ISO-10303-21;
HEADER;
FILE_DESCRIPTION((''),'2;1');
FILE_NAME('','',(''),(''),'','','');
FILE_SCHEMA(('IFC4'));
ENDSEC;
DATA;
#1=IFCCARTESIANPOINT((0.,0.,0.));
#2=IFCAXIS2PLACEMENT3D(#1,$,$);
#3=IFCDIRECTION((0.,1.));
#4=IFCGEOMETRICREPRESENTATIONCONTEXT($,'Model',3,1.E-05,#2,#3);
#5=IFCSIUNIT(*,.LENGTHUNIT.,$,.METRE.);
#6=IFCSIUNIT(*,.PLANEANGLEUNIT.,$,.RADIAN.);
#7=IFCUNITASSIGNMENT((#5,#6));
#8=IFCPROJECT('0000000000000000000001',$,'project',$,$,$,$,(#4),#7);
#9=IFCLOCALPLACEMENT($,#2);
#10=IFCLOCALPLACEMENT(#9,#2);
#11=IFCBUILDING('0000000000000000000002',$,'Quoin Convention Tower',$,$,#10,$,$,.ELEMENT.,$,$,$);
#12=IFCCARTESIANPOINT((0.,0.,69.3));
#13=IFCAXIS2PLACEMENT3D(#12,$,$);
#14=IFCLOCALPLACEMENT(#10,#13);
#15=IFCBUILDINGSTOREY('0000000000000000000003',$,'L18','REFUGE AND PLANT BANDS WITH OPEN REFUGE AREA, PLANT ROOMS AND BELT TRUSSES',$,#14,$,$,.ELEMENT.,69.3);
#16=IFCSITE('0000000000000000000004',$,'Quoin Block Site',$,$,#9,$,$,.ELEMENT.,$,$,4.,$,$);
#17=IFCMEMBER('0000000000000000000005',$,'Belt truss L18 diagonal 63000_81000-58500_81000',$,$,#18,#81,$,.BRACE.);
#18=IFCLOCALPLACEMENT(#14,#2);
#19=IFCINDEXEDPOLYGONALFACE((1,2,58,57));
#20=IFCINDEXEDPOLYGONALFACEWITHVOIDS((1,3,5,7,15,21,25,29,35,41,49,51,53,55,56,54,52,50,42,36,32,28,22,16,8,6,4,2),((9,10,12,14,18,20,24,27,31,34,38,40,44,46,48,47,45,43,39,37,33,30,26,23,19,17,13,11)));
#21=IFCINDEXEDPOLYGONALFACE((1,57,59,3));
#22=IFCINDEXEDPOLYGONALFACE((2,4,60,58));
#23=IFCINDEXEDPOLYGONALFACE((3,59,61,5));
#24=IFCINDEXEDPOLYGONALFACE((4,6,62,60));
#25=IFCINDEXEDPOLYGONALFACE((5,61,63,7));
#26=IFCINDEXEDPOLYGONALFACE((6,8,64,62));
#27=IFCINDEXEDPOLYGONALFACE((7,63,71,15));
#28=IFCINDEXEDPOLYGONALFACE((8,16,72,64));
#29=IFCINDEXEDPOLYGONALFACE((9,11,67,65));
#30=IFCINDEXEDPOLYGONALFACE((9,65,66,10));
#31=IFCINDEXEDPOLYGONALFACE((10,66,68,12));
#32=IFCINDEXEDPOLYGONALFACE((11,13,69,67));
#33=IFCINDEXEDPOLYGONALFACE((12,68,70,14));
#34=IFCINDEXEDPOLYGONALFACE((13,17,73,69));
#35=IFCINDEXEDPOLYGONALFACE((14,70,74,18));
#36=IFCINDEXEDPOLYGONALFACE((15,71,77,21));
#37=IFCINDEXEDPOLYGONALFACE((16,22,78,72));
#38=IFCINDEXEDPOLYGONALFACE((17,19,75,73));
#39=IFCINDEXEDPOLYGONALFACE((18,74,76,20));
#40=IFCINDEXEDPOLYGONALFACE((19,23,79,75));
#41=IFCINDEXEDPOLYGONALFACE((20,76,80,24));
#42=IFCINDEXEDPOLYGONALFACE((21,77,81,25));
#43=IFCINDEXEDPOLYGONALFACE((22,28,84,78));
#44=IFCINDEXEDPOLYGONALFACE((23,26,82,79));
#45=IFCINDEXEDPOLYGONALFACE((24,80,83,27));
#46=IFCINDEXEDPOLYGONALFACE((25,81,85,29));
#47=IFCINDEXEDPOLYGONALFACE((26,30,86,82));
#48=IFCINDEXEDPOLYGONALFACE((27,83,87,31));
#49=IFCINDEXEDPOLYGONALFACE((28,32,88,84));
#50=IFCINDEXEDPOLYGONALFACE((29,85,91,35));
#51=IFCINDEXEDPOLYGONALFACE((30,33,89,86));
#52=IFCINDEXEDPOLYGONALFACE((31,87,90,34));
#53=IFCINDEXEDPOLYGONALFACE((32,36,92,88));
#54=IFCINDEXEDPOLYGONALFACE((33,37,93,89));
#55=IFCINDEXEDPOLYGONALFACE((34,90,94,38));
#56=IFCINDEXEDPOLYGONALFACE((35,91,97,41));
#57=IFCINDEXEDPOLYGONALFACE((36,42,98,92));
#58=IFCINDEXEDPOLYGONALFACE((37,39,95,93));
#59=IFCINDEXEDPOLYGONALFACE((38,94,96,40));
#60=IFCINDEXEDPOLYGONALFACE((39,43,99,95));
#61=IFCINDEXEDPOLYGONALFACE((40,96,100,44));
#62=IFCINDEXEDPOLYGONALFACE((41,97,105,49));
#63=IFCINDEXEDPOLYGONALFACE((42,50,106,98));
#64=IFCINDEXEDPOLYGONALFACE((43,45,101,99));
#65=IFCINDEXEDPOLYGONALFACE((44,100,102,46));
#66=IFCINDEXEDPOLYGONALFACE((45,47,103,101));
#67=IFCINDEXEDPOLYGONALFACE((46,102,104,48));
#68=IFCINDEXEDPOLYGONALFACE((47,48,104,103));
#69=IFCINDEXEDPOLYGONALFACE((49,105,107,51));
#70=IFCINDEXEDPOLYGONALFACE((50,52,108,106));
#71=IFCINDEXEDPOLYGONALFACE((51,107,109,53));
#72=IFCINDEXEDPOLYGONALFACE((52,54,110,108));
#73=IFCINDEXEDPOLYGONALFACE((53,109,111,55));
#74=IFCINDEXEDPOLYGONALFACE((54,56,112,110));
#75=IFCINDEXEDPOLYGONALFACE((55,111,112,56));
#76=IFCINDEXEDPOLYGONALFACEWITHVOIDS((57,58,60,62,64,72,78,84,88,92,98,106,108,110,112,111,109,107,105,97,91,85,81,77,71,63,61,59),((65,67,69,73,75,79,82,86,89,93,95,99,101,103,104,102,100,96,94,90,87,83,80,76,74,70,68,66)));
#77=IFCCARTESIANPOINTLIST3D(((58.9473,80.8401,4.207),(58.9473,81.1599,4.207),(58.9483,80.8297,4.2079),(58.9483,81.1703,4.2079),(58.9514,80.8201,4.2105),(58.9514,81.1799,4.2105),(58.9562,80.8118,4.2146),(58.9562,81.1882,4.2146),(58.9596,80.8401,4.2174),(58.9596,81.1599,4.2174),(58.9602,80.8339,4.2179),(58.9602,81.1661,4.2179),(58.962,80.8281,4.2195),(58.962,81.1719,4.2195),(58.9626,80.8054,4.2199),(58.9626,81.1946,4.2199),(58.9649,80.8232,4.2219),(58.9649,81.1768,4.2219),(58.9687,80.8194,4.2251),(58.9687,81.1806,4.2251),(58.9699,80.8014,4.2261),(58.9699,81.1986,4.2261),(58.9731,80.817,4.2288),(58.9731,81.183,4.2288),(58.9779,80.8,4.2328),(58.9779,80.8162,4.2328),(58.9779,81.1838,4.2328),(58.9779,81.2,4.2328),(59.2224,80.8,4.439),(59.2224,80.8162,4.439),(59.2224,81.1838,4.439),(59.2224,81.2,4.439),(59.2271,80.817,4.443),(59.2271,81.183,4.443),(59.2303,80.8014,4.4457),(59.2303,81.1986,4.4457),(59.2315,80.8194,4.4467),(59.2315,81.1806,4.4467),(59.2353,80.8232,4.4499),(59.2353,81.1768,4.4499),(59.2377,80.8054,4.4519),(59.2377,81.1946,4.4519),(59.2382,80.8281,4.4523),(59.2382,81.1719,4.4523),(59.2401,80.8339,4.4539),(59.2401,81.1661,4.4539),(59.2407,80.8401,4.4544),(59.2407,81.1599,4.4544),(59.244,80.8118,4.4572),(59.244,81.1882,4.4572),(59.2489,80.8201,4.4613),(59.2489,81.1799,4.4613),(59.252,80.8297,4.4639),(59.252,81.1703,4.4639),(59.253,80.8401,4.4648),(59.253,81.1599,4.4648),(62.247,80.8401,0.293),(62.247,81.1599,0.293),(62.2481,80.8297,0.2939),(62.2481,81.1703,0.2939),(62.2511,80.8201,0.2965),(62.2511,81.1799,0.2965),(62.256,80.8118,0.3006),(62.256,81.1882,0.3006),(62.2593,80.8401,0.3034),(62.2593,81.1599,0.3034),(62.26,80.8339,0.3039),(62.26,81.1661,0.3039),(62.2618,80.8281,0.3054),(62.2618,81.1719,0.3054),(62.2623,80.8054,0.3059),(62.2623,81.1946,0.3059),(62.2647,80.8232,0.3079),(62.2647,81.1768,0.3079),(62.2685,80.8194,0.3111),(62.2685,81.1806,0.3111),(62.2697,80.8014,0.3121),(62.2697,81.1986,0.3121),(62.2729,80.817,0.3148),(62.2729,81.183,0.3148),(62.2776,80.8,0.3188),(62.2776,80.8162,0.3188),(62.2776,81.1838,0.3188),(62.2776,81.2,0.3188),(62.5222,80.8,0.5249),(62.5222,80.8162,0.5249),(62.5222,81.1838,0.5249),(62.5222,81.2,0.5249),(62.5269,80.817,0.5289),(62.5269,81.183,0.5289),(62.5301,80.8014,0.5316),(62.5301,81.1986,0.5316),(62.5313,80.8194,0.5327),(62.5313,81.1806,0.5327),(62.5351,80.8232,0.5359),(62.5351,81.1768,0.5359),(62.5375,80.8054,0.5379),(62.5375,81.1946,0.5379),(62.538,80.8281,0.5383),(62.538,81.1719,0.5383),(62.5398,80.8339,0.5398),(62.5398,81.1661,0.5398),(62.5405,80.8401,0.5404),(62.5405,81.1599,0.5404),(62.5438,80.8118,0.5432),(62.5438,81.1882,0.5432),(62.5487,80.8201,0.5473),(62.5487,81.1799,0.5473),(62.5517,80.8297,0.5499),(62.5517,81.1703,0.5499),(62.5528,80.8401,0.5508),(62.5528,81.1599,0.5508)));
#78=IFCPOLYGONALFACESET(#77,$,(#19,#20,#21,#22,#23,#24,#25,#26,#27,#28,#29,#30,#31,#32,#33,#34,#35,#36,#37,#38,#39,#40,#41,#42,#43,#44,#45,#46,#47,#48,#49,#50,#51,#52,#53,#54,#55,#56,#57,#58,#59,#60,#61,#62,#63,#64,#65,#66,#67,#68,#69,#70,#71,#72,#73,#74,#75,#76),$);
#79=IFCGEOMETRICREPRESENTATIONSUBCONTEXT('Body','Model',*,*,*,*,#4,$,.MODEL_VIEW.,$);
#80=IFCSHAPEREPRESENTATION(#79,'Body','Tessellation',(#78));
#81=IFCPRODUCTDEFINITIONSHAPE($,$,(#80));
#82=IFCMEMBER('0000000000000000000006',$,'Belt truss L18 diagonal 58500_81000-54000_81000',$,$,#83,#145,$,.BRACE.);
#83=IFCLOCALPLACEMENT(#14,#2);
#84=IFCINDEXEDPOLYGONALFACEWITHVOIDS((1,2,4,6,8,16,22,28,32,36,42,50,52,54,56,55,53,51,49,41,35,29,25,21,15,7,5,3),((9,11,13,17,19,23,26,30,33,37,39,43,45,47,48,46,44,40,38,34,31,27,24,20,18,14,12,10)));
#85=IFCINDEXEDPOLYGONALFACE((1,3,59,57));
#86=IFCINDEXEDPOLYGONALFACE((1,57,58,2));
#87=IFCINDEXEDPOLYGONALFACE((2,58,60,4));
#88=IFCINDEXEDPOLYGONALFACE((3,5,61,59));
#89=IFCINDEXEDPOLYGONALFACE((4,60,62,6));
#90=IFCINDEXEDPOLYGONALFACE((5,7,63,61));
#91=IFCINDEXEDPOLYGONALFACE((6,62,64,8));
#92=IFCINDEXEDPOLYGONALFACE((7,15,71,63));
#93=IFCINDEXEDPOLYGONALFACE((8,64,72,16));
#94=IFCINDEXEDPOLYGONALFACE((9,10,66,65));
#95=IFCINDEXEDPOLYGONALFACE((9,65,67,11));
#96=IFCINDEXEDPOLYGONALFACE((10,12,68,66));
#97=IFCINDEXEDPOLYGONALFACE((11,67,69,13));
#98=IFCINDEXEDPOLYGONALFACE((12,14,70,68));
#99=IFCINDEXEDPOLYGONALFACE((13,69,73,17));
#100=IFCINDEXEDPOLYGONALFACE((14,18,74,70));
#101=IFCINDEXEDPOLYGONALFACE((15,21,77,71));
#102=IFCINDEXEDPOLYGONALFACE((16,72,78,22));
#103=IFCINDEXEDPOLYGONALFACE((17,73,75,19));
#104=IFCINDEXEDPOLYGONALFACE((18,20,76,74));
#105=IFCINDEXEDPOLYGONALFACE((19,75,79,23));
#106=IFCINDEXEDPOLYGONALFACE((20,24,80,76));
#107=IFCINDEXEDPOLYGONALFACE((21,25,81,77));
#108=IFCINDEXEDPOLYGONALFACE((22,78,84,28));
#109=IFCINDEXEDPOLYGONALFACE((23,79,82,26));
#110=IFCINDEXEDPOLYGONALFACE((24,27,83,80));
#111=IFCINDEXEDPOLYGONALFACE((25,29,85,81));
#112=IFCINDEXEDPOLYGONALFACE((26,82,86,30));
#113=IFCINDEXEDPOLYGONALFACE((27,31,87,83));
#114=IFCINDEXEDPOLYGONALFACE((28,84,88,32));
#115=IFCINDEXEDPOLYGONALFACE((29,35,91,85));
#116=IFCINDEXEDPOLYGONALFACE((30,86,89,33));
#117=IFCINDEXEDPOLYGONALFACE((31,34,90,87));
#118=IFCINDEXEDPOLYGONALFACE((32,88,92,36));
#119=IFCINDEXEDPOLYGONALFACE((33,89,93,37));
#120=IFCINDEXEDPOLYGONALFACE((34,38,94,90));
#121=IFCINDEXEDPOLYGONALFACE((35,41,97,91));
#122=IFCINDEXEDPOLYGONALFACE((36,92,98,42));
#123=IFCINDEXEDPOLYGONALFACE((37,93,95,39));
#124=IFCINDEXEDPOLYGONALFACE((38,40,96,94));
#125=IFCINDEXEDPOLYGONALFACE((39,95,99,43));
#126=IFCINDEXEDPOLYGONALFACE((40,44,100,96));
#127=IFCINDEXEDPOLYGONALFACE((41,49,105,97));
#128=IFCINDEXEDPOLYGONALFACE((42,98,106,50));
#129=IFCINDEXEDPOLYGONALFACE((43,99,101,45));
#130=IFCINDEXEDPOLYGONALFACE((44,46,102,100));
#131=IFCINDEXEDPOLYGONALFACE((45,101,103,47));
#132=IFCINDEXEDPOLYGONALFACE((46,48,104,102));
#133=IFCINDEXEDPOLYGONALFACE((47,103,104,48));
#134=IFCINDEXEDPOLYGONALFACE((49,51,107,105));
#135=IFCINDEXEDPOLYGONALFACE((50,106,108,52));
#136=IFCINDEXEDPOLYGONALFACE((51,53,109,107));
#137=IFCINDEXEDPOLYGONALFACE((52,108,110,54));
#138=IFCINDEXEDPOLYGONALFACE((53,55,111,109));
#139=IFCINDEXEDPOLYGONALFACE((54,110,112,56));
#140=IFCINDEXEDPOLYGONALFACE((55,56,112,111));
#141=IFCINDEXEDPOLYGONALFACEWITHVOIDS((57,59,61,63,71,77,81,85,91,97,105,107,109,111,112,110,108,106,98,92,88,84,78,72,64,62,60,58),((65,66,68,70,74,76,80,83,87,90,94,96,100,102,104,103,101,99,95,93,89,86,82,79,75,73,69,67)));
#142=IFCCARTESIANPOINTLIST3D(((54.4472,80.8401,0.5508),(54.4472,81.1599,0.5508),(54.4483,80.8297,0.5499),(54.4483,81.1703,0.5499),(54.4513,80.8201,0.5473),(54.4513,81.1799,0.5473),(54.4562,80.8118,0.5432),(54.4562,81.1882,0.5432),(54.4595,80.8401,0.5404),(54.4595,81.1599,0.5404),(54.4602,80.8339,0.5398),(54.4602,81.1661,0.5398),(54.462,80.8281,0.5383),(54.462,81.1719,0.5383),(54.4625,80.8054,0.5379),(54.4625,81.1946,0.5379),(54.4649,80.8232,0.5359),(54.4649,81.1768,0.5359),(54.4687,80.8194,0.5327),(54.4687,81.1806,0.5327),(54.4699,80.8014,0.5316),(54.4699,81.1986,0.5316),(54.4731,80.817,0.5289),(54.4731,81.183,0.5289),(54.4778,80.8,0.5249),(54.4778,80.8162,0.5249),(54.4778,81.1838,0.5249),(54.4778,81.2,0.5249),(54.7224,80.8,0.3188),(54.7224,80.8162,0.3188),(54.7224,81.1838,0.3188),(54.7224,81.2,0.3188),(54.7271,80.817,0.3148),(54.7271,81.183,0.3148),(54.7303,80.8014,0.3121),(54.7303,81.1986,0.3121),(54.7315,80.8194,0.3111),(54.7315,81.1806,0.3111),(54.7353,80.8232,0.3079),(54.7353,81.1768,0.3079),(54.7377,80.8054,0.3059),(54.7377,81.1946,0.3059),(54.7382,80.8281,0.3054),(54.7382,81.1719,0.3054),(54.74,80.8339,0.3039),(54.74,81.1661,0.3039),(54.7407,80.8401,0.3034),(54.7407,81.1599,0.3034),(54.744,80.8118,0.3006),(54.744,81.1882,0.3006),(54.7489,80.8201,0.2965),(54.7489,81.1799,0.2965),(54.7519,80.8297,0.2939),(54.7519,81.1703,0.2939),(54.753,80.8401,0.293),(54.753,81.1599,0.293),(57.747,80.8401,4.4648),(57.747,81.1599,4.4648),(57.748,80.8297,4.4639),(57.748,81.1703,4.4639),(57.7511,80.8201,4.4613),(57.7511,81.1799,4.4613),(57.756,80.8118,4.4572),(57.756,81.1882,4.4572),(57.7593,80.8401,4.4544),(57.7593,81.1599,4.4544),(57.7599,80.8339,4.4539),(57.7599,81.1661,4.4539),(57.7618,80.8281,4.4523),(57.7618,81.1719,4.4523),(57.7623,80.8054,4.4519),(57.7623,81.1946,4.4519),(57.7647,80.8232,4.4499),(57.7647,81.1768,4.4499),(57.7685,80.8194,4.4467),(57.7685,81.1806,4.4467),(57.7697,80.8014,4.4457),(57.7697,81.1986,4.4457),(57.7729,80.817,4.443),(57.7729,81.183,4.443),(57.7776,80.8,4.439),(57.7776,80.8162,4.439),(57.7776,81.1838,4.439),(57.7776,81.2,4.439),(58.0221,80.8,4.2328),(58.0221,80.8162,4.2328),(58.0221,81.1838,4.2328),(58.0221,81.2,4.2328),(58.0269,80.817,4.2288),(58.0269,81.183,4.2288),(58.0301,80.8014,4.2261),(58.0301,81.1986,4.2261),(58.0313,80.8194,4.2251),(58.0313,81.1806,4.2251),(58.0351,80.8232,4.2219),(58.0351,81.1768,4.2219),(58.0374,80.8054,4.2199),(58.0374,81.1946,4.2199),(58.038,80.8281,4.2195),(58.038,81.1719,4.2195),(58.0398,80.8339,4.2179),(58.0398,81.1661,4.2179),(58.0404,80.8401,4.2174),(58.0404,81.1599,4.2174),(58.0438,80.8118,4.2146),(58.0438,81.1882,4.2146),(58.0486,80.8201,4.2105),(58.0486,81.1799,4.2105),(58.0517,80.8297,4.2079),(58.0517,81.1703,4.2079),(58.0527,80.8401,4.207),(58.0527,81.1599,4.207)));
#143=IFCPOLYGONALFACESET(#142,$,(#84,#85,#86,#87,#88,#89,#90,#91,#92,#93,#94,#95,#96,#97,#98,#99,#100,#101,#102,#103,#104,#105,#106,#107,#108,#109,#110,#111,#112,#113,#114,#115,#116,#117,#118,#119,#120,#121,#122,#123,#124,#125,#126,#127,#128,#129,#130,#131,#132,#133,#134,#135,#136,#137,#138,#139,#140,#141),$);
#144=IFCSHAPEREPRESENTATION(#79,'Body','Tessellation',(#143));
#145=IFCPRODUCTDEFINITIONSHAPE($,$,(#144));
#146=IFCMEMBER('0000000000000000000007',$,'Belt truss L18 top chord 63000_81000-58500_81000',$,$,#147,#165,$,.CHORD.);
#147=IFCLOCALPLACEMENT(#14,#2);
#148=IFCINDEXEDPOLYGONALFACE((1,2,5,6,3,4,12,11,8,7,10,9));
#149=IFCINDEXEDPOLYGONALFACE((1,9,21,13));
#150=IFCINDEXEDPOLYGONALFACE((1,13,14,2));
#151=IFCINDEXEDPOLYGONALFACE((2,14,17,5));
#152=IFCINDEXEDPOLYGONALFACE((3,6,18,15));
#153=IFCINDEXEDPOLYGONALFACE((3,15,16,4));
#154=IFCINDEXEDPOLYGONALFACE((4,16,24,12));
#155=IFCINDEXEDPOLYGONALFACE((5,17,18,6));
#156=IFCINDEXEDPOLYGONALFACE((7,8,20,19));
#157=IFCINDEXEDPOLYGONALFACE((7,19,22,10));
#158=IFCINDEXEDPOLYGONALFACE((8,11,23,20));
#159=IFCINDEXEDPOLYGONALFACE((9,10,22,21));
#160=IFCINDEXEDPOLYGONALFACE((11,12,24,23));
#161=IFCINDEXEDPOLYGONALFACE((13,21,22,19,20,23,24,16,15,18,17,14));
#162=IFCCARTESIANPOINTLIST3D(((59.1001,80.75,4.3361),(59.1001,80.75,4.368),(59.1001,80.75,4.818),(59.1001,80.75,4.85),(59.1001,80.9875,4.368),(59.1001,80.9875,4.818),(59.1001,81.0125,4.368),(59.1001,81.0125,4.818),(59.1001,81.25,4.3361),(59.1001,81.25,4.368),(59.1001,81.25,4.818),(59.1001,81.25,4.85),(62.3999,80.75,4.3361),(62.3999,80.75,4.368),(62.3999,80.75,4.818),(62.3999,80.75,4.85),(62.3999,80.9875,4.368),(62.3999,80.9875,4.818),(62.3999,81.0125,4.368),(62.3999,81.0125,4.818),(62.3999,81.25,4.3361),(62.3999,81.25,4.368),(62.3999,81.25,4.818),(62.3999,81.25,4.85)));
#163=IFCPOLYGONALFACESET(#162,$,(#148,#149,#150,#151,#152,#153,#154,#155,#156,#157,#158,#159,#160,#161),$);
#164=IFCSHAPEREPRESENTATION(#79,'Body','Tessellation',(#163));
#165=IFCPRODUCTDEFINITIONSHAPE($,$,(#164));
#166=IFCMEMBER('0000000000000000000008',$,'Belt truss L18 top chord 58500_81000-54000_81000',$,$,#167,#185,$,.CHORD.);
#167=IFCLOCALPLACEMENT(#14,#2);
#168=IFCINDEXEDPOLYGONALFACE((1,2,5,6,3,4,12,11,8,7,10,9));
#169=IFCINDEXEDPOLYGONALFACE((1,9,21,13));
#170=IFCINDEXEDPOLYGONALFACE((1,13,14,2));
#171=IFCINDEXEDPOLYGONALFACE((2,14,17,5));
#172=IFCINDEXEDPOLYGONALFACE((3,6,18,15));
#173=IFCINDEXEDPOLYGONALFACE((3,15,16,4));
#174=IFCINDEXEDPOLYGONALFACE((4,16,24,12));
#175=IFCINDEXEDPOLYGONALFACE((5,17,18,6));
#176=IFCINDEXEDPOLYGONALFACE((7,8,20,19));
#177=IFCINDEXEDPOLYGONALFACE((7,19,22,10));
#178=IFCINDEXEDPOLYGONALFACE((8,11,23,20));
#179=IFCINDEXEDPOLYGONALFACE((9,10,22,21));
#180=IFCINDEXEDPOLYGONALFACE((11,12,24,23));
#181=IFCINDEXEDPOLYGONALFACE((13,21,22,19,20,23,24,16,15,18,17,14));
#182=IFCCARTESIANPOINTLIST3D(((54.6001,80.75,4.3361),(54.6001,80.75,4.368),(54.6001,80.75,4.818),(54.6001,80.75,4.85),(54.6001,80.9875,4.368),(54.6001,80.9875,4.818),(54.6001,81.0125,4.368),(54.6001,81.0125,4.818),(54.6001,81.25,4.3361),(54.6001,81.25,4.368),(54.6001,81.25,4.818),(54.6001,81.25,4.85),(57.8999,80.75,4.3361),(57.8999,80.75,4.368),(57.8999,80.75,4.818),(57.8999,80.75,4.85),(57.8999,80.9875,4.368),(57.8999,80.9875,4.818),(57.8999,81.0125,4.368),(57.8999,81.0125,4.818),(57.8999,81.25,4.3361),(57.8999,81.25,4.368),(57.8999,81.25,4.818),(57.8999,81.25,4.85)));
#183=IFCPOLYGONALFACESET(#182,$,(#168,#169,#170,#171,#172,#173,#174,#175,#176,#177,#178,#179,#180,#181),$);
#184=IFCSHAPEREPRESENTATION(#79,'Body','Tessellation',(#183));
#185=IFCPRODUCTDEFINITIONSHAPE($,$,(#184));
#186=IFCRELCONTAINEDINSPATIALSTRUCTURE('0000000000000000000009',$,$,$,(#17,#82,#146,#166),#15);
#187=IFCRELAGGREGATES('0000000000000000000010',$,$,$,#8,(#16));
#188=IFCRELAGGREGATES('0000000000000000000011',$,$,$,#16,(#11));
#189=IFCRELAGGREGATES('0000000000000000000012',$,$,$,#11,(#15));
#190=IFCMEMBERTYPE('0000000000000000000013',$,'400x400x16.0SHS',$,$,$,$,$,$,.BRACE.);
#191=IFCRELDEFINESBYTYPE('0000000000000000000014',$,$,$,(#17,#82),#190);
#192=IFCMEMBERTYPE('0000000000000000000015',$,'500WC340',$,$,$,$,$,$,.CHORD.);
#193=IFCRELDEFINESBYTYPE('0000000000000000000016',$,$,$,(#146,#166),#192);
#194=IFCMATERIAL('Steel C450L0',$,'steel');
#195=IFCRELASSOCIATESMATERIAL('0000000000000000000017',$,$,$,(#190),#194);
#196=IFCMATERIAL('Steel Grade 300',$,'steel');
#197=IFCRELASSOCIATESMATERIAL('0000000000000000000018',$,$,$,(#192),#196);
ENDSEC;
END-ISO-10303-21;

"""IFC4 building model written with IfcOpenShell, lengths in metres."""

from ifc_helpers import new_model, si_unit, direction, frame, origin, origin_2d, place, context, subcontext, project, spatial, hollow_rectangle, i_section, extrude, material, material_profile, profile_set, type_object, element, save


model = new_model("IFC4")

# Units and contexts
model_context = context("Model", 3, precision=1e-05, world=origin(), true_north=direction((0.0, 1.0)))
body_context = subcontext(model_context, "Body", "Model", "MODEL_VIEW")
ifc_project = project(units=[si_unit("LENGTHUNIT", "METRE"), si_unit("PLANEANGLEUNIT", "RADIAN")], contexts=[model_context])

# Site, building, storey
site_placement = place(None, origin())
site = spatial("IfcSite", under=ifc_project, at=site_placement, Name="Quoin Block Site", CompositionType="ELEMENT", RefElevation=4.0)
building_placement = place(site_placement, origin())
building = spatial("IfcBuilding", under=site, at=building_placement, Name="Quoin Convention Tower", CompositionType="ELEMENT")
storey_placement = place(building_placement, frame((0.0, 0.0, 69.3)))
storey = spatial("IfcBuildingStorey", under=building, at=storey_placement, Name="L18", Description="REFUGE AND PLANT BANDS WITH OPEN REFUGE AREA, PLANT ROOMS AND BELT TRUSSES", CompositionType="ELEMENT", Elevation=69.3)

# Members
ifc_material_1 = material(Name="Steel Grade 300", Category="steel")
ifc_material_2 = material(Name="Steel C450L0", Category="steel")
ifc_material_profile_1 = material_profile(ifc_material_2, hollow_rectangle(XDim=0.3999, YDim=0.3999, WallThickness=0.0161, InnerFilletRadius=0.0239, OuterFilletRadius=0.04, at=origin_2d()), Name="400x400x16.0SHS")
ifc_profile_set_1 = profile_set([ifc_material_profile_1], Name="Steel C450L0")
member_type_1 = type_object("IfcMemberType", Name="400x400x16.0SHS", PredefinedType="BRACE", material=ifc_profile_set_1)
for number, where, z_axis, x_axis, name in (
    (1, (62.3999, 81.0, 0.4219), (-0.644564, 0.0, 0.76455), (0.0, -1.0, 0.0), "Belt truss L18 diagonal 63000_81000-58500_81000"),
    (2, (54.6001, 81.0, 0.4219), (0.644564, 0.0, 0.76455), (0.0, 1.0, 0.0), "Belt truss L18 diagonal 58500_81000-54000_81000"),
):
    element("IfcMember", number, at=place(storey_placement, frame(where, z_axis=z_axis, x_axis=x_axis)), inside=storey, type_object=member_type_1, Name=name, PredefinedType="BRACE", context=body_context, shape_type="SweptSolid", body=[
        extrude(hollow_rectangle(XDim=0.3999, YDim=0.3999, WallThickness=0.0161, InnerFilletRadius=0.0239, OuterFilletRadius=0.04, at=origin_2d()), origin(), (0.0, 0.0, 1.0), 5.1194),
    ])
ifc_material_profile_2 = material_profile(ifc_material_1, i_section(OverallWidth=0.5, OverallDepth=0.5139, WebThickness=0.0249, FlangeThickness=0.032, at=origin_2d()), Name="500WC340")
ifc_profile_set_2 = profile_set([ifc_material_profile_2], Name="Steel Grade 300")
member_type_2 = type_object("IfcMemberType", Name="500WC340", PredefinedType="CHORD", material=ifc_profile_set_2)
for number, where, z_axis, x_axis, name in (
    (3, (62.3999, 81.0, 4.593), (-1.0, 0.0, 0.0), (0.0, -1.0, 0.0), "Belt truss L18 top chord 63000_81000-58500_81000"),
    (4, (57.8999, 81.0, 4.593), (-1.0, 0.0, 0.0), (0.0, -1.0, 0.0), "Belt truss L18 top chord 58500_81000-54000_81000"),
):
    element("IfcMember", number, at=place(storey_placement, frame(where, z_axis=z_axis, x_axis=x_axis)), inside=storey, type_object=member_type_2, Name=name, PredefinedType="CHORD", context=body_context, shape_type="SweptSolid", body=[
        extrude(i_section(OverallWidth=0.5, OverallDepth=0.5139, WebThickness=0.0249, FlangeThickness=0.032, at=origin_2d()), origin(), (0.0, 0.0, 1.0), 3.2998),
    ])

save(model, "model.ifc")
